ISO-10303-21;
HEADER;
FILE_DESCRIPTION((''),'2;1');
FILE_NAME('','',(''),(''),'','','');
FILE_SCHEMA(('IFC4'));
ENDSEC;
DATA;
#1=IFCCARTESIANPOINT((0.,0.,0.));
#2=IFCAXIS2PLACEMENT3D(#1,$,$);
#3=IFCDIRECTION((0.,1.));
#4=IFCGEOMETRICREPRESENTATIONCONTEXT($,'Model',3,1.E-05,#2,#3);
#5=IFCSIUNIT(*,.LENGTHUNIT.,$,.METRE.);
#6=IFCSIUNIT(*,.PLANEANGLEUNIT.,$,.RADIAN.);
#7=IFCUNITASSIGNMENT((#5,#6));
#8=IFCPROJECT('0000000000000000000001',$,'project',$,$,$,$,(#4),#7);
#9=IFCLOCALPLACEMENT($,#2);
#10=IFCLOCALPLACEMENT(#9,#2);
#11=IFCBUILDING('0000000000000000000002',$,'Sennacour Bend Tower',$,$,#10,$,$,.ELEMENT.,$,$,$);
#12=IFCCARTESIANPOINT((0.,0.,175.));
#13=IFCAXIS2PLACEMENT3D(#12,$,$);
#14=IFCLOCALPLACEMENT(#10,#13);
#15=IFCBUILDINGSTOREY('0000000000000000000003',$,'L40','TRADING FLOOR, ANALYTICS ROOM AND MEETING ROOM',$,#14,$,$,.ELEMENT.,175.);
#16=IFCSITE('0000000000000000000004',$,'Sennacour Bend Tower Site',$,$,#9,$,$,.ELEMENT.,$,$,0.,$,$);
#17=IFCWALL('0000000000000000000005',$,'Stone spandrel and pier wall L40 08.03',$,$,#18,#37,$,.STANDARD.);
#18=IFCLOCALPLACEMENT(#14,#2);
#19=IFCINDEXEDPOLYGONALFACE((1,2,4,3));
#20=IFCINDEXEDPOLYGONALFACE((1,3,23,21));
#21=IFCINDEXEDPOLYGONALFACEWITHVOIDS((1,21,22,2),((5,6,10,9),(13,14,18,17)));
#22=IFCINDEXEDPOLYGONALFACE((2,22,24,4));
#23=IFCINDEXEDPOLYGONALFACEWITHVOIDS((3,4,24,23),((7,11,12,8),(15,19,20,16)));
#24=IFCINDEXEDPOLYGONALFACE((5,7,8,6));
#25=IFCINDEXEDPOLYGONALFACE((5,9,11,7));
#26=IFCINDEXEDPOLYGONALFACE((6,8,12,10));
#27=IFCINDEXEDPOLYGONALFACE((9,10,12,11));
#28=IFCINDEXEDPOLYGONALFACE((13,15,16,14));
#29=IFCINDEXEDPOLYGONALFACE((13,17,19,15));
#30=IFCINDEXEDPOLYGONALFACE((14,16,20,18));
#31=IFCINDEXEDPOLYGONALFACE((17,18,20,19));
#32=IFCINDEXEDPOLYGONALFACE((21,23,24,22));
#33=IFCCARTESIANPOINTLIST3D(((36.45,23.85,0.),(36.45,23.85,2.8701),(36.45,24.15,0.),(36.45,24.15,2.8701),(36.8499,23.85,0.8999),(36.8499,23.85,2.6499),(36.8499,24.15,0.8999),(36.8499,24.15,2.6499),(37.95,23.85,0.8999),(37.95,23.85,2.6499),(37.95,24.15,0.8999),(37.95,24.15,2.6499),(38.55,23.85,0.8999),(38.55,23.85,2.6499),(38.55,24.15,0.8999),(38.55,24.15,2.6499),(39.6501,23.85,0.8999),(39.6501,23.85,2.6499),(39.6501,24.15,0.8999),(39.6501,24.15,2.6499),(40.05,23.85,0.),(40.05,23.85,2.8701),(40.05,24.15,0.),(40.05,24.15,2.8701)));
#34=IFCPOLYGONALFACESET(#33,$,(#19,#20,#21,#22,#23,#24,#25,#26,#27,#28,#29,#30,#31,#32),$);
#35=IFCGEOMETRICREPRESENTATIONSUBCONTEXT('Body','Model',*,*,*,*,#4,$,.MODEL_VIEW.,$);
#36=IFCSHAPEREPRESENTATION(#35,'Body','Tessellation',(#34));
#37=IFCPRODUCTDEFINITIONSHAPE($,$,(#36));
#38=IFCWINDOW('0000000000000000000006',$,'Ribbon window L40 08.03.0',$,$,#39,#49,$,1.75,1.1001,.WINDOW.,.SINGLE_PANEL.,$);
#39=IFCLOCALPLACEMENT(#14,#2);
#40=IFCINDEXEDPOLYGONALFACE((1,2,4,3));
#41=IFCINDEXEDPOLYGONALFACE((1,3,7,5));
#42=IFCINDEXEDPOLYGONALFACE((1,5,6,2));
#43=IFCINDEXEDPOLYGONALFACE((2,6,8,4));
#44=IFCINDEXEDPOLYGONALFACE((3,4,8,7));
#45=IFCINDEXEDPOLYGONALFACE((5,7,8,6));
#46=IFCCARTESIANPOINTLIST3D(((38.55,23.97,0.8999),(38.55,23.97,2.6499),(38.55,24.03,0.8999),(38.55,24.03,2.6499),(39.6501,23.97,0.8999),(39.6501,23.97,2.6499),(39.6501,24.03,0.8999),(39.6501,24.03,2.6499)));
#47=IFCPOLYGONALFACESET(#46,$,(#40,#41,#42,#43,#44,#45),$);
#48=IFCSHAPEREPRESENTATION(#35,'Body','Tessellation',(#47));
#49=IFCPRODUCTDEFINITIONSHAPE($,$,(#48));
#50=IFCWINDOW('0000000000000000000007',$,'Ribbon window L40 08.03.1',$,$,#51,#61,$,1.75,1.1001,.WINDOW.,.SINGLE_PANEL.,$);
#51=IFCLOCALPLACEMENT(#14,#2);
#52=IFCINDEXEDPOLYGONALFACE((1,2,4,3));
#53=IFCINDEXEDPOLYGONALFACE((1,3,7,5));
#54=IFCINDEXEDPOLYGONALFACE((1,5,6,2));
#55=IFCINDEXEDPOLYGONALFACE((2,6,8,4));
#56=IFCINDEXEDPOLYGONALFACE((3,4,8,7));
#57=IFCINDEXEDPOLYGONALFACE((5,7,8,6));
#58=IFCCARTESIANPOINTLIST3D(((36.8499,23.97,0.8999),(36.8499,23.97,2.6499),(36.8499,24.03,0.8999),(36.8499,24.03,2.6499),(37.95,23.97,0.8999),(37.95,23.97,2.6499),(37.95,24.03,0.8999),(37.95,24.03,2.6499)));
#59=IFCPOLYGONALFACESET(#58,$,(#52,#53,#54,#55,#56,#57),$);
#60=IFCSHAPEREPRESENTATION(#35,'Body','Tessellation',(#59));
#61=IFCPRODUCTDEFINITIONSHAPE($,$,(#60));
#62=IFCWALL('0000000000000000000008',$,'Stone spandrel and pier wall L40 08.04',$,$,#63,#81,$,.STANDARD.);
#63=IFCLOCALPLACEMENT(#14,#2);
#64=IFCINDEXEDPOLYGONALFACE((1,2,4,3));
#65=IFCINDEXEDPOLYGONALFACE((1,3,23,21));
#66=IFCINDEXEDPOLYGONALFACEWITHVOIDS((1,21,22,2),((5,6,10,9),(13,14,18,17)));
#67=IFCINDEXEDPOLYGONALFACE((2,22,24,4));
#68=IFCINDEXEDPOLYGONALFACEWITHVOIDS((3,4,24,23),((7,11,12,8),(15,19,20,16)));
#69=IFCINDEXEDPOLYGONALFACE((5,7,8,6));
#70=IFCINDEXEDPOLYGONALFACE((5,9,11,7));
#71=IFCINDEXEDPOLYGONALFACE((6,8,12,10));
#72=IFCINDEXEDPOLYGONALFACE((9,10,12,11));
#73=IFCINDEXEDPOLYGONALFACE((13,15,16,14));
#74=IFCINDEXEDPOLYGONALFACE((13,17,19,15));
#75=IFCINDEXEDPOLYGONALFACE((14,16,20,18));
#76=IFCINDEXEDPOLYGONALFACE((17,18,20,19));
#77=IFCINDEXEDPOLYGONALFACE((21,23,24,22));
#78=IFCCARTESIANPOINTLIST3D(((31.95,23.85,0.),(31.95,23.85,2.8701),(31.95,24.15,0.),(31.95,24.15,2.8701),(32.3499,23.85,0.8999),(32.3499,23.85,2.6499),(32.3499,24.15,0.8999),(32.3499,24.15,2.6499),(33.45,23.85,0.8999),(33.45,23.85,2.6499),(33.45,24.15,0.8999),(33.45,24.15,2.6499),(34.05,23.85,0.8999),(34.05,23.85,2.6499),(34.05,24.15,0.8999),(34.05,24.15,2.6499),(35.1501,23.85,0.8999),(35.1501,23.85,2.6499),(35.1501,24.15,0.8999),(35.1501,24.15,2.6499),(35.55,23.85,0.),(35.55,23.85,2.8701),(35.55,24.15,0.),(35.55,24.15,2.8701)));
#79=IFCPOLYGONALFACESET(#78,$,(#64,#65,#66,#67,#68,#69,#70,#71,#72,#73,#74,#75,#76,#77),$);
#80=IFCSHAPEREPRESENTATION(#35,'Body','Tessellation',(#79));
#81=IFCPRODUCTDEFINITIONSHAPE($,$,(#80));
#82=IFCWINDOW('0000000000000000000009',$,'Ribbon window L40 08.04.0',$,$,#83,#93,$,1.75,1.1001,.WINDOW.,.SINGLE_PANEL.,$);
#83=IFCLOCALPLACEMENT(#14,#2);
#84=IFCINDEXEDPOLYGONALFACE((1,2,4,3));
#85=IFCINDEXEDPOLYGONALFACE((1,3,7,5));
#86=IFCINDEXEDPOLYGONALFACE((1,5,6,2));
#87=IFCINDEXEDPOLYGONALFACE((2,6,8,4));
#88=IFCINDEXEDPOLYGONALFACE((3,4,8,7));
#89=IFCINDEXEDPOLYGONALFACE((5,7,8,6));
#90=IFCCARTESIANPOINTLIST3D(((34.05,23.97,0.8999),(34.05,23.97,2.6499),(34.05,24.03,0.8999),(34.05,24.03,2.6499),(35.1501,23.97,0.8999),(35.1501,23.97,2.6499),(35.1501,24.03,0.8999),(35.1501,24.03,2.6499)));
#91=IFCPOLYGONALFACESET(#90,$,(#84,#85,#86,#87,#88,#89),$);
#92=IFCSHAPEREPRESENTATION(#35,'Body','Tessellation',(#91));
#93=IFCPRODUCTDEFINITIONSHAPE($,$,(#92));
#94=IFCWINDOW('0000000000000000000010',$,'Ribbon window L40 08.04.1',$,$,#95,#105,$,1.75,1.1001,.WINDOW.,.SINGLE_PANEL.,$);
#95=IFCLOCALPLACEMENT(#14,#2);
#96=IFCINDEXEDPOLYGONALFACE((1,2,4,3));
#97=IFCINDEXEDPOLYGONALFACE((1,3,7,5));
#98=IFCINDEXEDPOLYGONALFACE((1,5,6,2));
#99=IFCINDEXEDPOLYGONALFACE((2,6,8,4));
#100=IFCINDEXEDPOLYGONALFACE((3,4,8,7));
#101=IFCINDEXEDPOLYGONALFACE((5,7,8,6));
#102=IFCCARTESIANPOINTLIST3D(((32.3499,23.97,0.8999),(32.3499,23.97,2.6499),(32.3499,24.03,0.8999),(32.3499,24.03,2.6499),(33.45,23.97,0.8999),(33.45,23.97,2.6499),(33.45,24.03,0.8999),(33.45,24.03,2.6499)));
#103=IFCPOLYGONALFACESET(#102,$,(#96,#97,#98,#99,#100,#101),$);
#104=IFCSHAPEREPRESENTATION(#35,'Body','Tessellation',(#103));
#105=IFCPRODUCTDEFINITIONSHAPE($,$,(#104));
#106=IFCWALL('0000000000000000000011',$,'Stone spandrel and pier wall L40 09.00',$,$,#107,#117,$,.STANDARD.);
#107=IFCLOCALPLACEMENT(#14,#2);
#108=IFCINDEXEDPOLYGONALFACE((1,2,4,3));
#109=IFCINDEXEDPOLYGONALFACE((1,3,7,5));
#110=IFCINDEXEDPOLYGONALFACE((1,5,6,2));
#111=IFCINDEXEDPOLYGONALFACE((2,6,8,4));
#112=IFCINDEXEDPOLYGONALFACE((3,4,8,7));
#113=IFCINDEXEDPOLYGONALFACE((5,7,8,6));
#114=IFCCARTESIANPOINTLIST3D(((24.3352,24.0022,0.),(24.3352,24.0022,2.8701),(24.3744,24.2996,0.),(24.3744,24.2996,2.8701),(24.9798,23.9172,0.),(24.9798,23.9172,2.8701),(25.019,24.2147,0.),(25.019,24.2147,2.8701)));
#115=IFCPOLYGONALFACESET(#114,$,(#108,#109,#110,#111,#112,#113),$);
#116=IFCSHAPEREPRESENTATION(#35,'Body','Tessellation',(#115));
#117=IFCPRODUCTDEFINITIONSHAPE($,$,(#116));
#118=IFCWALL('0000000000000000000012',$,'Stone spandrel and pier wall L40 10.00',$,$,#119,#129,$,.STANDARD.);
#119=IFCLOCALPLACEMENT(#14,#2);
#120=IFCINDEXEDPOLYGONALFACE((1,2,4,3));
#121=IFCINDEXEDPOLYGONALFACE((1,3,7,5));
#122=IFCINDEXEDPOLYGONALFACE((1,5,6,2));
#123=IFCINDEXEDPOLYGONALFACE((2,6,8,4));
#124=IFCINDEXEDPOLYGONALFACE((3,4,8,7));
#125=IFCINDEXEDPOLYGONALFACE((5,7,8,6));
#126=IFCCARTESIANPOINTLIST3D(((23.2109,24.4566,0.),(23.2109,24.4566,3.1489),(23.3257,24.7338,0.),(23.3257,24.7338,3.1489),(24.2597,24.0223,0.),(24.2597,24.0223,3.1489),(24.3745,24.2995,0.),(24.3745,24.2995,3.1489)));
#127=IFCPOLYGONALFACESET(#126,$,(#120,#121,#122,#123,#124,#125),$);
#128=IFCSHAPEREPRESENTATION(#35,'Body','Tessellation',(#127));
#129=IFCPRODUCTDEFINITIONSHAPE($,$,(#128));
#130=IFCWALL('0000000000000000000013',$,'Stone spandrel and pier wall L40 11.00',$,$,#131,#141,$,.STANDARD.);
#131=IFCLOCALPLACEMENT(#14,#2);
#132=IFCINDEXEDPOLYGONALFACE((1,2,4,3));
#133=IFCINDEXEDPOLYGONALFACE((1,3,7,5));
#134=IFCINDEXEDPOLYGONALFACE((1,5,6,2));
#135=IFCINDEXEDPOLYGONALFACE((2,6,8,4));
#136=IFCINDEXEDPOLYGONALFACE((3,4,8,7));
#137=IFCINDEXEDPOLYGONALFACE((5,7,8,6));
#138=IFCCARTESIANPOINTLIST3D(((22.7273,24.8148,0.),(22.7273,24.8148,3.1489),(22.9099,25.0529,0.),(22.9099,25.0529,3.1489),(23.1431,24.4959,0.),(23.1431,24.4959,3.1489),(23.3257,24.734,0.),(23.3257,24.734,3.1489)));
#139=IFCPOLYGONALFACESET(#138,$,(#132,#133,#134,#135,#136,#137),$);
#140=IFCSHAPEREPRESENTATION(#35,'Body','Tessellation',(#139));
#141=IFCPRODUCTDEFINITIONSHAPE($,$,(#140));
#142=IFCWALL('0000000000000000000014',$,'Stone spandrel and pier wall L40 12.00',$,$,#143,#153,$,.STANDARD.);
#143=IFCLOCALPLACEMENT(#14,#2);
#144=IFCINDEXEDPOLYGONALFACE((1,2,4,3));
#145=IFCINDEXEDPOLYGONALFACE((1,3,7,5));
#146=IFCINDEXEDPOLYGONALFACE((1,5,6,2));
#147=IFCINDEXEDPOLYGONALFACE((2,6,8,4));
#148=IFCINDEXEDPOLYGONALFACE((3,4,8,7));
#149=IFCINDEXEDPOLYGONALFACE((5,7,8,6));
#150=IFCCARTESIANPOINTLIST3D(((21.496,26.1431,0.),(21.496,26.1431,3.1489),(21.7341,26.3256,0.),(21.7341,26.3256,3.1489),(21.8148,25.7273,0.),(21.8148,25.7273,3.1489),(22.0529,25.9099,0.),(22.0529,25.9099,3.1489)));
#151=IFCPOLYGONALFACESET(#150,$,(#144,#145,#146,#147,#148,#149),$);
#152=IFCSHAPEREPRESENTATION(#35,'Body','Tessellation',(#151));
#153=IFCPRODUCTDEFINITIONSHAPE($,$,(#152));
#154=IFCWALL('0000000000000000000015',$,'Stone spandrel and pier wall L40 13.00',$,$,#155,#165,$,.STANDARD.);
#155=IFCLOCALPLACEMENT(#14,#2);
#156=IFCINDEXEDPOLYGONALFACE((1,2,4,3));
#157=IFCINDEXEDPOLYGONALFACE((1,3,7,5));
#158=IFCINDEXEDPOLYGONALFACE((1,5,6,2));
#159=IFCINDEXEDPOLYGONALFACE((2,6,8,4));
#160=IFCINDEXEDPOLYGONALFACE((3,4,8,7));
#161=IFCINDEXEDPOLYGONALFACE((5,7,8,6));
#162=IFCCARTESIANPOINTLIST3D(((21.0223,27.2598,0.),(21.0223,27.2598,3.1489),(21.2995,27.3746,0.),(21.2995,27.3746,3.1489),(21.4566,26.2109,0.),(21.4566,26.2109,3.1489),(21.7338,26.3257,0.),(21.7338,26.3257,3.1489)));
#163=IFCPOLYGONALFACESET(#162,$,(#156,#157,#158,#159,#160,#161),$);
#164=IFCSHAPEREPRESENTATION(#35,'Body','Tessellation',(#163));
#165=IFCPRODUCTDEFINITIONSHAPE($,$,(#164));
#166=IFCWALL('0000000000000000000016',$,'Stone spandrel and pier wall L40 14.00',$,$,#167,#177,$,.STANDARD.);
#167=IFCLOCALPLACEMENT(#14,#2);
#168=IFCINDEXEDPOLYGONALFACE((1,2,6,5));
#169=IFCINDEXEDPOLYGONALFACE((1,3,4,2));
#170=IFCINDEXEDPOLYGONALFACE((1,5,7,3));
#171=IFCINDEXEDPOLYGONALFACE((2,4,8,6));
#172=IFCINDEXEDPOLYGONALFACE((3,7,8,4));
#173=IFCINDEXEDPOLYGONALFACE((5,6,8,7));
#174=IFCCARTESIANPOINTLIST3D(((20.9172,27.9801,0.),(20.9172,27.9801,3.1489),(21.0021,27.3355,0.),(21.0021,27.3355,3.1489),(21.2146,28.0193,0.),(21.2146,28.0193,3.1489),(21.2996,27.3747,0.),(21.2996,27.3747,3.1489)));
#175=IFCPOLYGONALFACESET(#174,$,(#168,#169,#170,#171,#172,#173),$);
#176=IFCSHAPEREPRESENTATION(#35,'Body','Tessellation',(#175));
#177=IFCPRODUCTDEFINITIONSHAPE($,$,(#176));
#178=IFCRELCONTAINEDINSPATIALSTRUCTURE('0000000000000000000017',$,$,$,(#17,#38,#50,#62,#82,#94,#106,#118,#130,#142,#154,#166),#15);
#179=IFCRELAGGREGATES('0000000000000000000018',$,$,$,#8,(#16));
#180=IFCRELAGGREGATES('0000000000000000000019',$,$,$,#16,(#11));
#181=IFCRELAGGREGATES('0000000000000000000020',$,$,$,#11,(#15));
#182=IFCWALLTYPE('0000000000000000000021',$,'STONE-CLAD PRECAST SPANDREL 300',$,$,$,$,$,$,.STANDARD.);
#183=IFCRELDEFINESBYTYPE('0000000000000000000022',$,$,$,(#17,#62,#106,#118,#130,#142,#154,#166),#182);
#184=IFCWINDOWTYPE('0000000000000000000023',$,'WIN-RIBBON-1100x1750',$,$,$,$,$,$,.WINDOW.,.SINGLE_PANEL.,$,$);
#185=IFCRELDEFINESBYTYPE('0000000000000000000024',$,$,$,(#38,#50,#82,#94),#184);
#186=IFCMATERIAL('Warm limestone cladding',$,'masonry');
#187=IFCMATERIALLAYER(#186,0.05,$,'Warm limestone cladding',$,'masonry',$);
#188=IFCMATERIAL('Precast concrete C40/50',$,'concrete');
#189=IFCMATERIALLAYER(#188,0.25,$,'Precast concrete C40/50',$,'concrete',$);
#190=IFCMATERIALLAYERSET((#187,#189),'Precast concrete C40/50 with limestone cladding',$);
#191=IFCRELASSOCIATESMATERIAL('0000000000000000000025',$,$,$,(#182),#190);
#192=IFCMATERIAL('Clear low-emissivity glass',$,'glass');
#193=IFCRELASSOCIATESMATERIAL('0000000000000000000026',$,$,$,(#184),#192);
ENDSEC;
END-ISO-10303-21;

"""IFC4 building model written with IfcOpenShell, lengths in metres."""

from ifc_helpers import new_model, si_unit, direction, frame, frame_2d, origin, place, context, subcontext, project, spatial, rectangle, extrude, material, layer, layer_set, type_object, element, fill, save


model = new_model("IFC4")

# Units and contexts
model_context = context("Model", 3, precision=1e-05, world=origin(), true_north=direction((0.0, 1.0)))
body_context = subcontext(model_context, "Body", "Model", "MODEL_VIEW")
ifc_project = project(units=[si_unit("LENGTHUNIT", "METRE"), si_unit("PLANEANGLEUNIT", "RADIAN")], contexts=[model_context])

# Site, building, storey
site_placement = place(None, origin())
site = spatial("IfcSite", under=ifc_project, at=site_placement, Name="Sennacour Bend Tower Site", CompositionType="ELEMENT", RefElevation=0.0)
building_placement = place(site_placement, origin())
building = spatial("IfcBuilding", under=site, at=building_placement, Name="Sennacour Bend Tower", CompositionType="ELEMENT")
storey_placement = place(building_placement, frame((0.0, 0.0, 175.0)))
storey = spatial("IfcBuildingStorey", under=building, at=storey_placement, Name="L40", Description="TRADING FLOOR, ANALYTICS ROOM AND MEETING ROOM", CompositionType="ELEMENT", Elevation=175.0)

# Walls, openings, windows
ifc_material_1 = material(Name="Warm limestone cladding", Category="masonry")
ifc_layer_1 = layer(ifc_material_1, 0.05, Name="Warm limestone cladding", Category="masonry")
ifc_material_2 = material(Name="Precast concrete C40/50", Category="concrete")
ifc_layer_2 = layer(ifc_material_2, 0.25, Name="Precast concrete C40/50", Category="concrete")
ifc_layer_set_1 = layer_set([ifc_layer_1, ifc_layer_2], Name="Precast concrete C40/50 with limestone cladding")
wall_type_1 = type_object("IfcWallType", Name="STONE-CLAD PRECAST SPANDREL 300", PredefinedType="STANDARD", material=ifc_layer_set_1)
wall_1_placement = place(storey_placement, frame((40.05, 24.0, 0.0), z_axis=(0.0, 0.0, 1.0), x_axis=(-1.0, 0.0, 0.0)))
wall_1 = element("IfcWall", 1, at=wall_1_placement, inside=storey, type_object=wall_type_1, Name="Stone spandrel and pier wall L40 08.03", PredefinedType="STANDARD", context=body_context, shape_type="SweptSolid", body=[
    extrude(rectangle(XDim=3.6001, YDim=0.3, at=frame_2d((1.8, 0.0))), origin(), (0.0, 0.0, 1.0), 2.8701),
])
opening_1_placement = place(wall_1_placement, frame((0.3999, 0.0, 0.8999)))
opening_1 = element("IfcOpeningElement", 2, at=opening_1_placement, cuts=wall_1, PredefinedType="OPENING", context=body_context, shape_type="SweptSolid", body=[
    extrude(rectangle(XDim=1.1001, YDim=1.75, at=frame_2d((0.55, 0.875))), frame((0.0, 0.1602, 0.0), z_axis=(0.0, -1.0, 0.0), x_axis=(1.0, 0.0, 0.0)), (0.0, 0.0, 1.0), 0.3201),
])
opening_2_placement = place(wall_1_placement, frame((2.1001, 0.0, 0.8999)))
opening_2 = element("IfcOpeningElement", 3, at=opening_2_placement, cuts=wall_1, PredefinedType="OPENING", context=body_context, shape_type="SweptSolid", body=[
    extrude(rectangle(XDim=1.1001, YDim=1.75, at=frame_2d((0.55, 0.875))), frame((0.0, 0.1602, 0.0), z_axis=(0.0, -1.0, 0.0), x_axis=(1.0, 0.0, 0.0)), (0.0, 0.0, 1.0), 0.3201),
])
ifc_material_3 = material(Name="Clear low-emissivity glass", Category="glass")
window_type_1 = type_object("IfcWindowType", Name="WIN-RIBBON-1100x1750", PartitioningType="SINGLE_PANEL", PredefinedType="WINDOW", material=ifc_material_3)
window_1_placement = place(opening_1_placement, origin())
window_1 = element("IfcWindow", 4, at=window_1_placement, inside=storey, type_object=window_type_1, Name="Ribbon window L40 08.03.0", OverallHeight=1.75, OverallWidth=1.1001, PartitioningType="SINGLE_PANEL", PredefinedType="WINDOW", context=body_context, shape_type="SweptSolid", body=[
    extrude(rectangle(XDim=1.1001, YDim=1.75, at=frame_2d((0.55, 0.875))), frame((0.0, 0.03, 0.0), z_axis=(0.0, -1.0, 0.0), x_axis=(1.0, 0.0, 0.0)), (0.0, 0.0, 1.0), 0.0601),
])
fill(opening_1, window_1)
window_2_placement = place(opening_2_placement, origin())
window_2 = element("IfcWindow", 5, at=window_2_placement, inside=storey, type_object=window_type_1, Name="Ribbon window L40 08.03.1", OverallHeight=1.75, OverallWidth=1.1001, PartitioningType="SINGLE_PANEL", PredefinedType="WINDOW", context=body_context, shape_type="SweptSolid", body=[
    extrude(rectangle(XDim=1.1001, YDim=1.75, at=frame_2d((0.55, 0.875))), frame((0.0, 0.03, 0.0), z_axis=(0.0, -1.0, 0.0), x_axis=(1.0, 0.0, 0.0)), (0.0, 0.0, 1.0), 0.0601),
])
fill(opening_2, window_2)
wall_2_placement = place(storey_placement, frame((35.55, 24.0, 0.0), z_axis=(0.0, 0.0, 1.0), x_axis=(-1.0, 0.0, 0.0)))
wall_2 = element("IfcWall", 6, at=wall_2_placement, inside=storey, type_object=wall_type_1, Name="Stone spandrel and pier wall L40 08.04", PredefinedType="STANDARD", context=body_context, shape_type="SweptSolid", body=[
    extrude(rectangle(XDim=3.6001, YDim=0.3, at=frame_2d((1.8, 0.0))), origin(), (0.0, 0.0, 1.0), 2.8701),
])
opening_3_placement = place(wall_2_placement, frame((0.3999, 0.0, 0.8999)))
opening_3 = element("IfcOpeningElement", 7, at=opening_3_placement, cuts=wall_2, PredefinedType="OPENING", context=body_context, shape_type="SweptSolid", body=[
    extrude(rectangle(XDim=1.1001, YDim=1.75, at=frame_2d((0.55, 0.875))), frame((0.0, 0.1602, 0.0), z_axis=(0.0, -1.0, 0.0), x_axis=(1.0, 0.0, 0.0)), (0.0, 0.0, 1.0), 0.3201),
])
opening_4_placement = place(wall_2_placement, frame((2.1001, 0.0, 0.8999)))
opening_4 = element("IfcOpeningElement", 8, at=opening_4_placement, cuts=wall_2, PredefinedType="OPENING", context=body_context, shape_type="SweptSolid", body=[
    extrude(rectangle(XDim=1.1001, YDim=1.75, at=frame_2d((0.55, 0.875))), frame((0.0, 0.1602, 0.0), z_axis=(0.0, -1.0, 0.0), x_axis=(1.0, 0.0, 0.0)), (0.0, 0.0, 1.0), 0.3201),
])
window_3_placement = place(opening_3_placement, origin())
window_3 = element("IfcWindow", 9, at=window_3_placement, inside=storey, type_object=window_type_1, Name="Ribbon window L40 08.04.0", OverallHeight=1.75, OverallWidth=1.1001, PartitioningType="SINGLE_PANEL", PredefinedType="WINDOW", context=body_context, shape_type="SweptSolid", body=[
    extrude(rectangle(XDim=1.1001, YDim=1.75, at=frame_2d((0.55, 0.875))), frame((0.0, 0.03, 0.0), z_axis=(0.0, -1.0, 0.0), x_axis=(1.0, 0.0, 0.0)), (0.0, 0.0, 1.0), 0.0601),
])
fill(opening_3, window_3)
window_4_placement = place(opening_4_placement, origin())
window_4 = element("IfcWindow", 10, at=window_4_placement, inside=storey, type_object=window_type_1, Name="Ribbon window L40 08.04.1", OverallHeight=1.75, OverallWidth=1.1001, PartitioningType="SINGLE_PANEL", PredefinedType="WINDOW", context=body_context, shape_type="SweptSolid", body=[
    extrude(rectangle(XDim=1.1001, YDim=1.75, at=frame_2d((0.55, 0.875))), frame((0.0, 0.03, 0.0), z_axis=(0.0, -1.0, 0.0), x_axis=(1.0, 0.0, 0.0)), (0.0, 0.0, 1.0), 0.0601),
])
fill(opening_4, window_4)

# Walls
wall_3_placement = place(storey_placement, frame((24.9995, 24.0659, 0.0), z_axis=(0.0, 0.0, 1.0), x_axis=(-0.991424, 0.130688, 0.0)))
element("IfcWall", 11, at=wall_3_placement, inside=storey, type_object=wall_type_1, Name="Stone spandrel and pier wall L40 09.00", PredefinedType="STANDARD", context=body_context, shape_type="SweptSolid", body=[
    extrude(rectangle(XDim=0.6501, YDim=0.3, at=frame_2d((0.3252, 0.0))), origin(), (0.0, 0.0, 1.0), 2.8701),
])
wall_4_placement = place(storey_placement, frame((24.3171, 24.1609, 0.0), z_axis=(0.0, 0.0, 1.0), x_axis=(-0.923915, 0.382599, 0.0)))
element("IfcWall", 12, at=wall_4_placement, inside=storey, type_object=wall_type_1, Name="Stone spandrel and pier wall L40 10.00", PredefinedType="STANDARD", context=body_context, shape_type="SweptSolid", body=[
    extrude(rectangle(XDim=1.1353, YDim=0.3, at=frame_2d((0.5676, 0.0))), origin(), (0.0, 0.0, 1.0), 3.1489),
])
for number, where, z_axis, x_axis, name in (
    (13, (23.2344, 24.615, 0.0), (0.0, 0.0, 1.0), (-0.793524, 0.608539, 0.0), "Stone spandrel and pier wall L40 11.00"),
    (14, (21.9338, 25.8186, 0.0), (0.0, 0.0, 1.0), (-0.608539, 0.793524, 0.0), "Stone spandrel and pier wall L40 12.00"),
):
    element("IfcWall", number, at=place(storey_placement, frame(where, z_axis=z_axis, x_axis=x_axis)), inside=storey, type_object=wall_type_1, Name=name, PredefinedType="STANDARD", context=body_context, shape_type="SweptSolid", body=[
        extrude(rectangle(XDim=0.5239, YDim=0.3, at=frame_2d((0.262, 0.0))), origin(), (0.0, 0.0, 1.0), 3.1489),
    ])
wall_5_placement = place(storey_placement, frame((21.5952, 26.2683, 0.0), z_axis=(0.0, 0.0, 1.0), x_axis=(-0.382599, 0.923915, 0.0)))
element("IfcWall", 15, at=wall_5_placement, inside=storey, type_object=wall_type_1, Name="Stone spandrel and pier wall L40 13.00", PredefinedType="STANDARD", context=body_context, shape_type="SweptSolid", body=[
    extrude(rectangle(XDim=1.1353, YDim=0.3, at=frame_2d((0.5676, 0.0))), origin(), (0.0, 0.0, 1.0), 3.1489),
])
wall_6_placement = place(storey_placement, frame((21.1509, 27.355, 0.0), z_axis=(0.0, 0.0, 1.0), x_axis=(-0.130688, 0.991424, 0.0)))
element("IfcWall", 16, at=wall_6_placement, inside=storey, type_object=wall_type_1, Name="Stone spandrel and pier wall L40 14.00", PredefinedType="STANDARD", context=body_context, shape_type="SweptSolid", body=[
    extrude(rectangle(XDim=0.6501, YDim=0.3, at=frame_2d((0.3252, 0.0))), origin(), (0.0, 0.0, 1.0), 3.1489),
])

save(model, "model.ifc")
